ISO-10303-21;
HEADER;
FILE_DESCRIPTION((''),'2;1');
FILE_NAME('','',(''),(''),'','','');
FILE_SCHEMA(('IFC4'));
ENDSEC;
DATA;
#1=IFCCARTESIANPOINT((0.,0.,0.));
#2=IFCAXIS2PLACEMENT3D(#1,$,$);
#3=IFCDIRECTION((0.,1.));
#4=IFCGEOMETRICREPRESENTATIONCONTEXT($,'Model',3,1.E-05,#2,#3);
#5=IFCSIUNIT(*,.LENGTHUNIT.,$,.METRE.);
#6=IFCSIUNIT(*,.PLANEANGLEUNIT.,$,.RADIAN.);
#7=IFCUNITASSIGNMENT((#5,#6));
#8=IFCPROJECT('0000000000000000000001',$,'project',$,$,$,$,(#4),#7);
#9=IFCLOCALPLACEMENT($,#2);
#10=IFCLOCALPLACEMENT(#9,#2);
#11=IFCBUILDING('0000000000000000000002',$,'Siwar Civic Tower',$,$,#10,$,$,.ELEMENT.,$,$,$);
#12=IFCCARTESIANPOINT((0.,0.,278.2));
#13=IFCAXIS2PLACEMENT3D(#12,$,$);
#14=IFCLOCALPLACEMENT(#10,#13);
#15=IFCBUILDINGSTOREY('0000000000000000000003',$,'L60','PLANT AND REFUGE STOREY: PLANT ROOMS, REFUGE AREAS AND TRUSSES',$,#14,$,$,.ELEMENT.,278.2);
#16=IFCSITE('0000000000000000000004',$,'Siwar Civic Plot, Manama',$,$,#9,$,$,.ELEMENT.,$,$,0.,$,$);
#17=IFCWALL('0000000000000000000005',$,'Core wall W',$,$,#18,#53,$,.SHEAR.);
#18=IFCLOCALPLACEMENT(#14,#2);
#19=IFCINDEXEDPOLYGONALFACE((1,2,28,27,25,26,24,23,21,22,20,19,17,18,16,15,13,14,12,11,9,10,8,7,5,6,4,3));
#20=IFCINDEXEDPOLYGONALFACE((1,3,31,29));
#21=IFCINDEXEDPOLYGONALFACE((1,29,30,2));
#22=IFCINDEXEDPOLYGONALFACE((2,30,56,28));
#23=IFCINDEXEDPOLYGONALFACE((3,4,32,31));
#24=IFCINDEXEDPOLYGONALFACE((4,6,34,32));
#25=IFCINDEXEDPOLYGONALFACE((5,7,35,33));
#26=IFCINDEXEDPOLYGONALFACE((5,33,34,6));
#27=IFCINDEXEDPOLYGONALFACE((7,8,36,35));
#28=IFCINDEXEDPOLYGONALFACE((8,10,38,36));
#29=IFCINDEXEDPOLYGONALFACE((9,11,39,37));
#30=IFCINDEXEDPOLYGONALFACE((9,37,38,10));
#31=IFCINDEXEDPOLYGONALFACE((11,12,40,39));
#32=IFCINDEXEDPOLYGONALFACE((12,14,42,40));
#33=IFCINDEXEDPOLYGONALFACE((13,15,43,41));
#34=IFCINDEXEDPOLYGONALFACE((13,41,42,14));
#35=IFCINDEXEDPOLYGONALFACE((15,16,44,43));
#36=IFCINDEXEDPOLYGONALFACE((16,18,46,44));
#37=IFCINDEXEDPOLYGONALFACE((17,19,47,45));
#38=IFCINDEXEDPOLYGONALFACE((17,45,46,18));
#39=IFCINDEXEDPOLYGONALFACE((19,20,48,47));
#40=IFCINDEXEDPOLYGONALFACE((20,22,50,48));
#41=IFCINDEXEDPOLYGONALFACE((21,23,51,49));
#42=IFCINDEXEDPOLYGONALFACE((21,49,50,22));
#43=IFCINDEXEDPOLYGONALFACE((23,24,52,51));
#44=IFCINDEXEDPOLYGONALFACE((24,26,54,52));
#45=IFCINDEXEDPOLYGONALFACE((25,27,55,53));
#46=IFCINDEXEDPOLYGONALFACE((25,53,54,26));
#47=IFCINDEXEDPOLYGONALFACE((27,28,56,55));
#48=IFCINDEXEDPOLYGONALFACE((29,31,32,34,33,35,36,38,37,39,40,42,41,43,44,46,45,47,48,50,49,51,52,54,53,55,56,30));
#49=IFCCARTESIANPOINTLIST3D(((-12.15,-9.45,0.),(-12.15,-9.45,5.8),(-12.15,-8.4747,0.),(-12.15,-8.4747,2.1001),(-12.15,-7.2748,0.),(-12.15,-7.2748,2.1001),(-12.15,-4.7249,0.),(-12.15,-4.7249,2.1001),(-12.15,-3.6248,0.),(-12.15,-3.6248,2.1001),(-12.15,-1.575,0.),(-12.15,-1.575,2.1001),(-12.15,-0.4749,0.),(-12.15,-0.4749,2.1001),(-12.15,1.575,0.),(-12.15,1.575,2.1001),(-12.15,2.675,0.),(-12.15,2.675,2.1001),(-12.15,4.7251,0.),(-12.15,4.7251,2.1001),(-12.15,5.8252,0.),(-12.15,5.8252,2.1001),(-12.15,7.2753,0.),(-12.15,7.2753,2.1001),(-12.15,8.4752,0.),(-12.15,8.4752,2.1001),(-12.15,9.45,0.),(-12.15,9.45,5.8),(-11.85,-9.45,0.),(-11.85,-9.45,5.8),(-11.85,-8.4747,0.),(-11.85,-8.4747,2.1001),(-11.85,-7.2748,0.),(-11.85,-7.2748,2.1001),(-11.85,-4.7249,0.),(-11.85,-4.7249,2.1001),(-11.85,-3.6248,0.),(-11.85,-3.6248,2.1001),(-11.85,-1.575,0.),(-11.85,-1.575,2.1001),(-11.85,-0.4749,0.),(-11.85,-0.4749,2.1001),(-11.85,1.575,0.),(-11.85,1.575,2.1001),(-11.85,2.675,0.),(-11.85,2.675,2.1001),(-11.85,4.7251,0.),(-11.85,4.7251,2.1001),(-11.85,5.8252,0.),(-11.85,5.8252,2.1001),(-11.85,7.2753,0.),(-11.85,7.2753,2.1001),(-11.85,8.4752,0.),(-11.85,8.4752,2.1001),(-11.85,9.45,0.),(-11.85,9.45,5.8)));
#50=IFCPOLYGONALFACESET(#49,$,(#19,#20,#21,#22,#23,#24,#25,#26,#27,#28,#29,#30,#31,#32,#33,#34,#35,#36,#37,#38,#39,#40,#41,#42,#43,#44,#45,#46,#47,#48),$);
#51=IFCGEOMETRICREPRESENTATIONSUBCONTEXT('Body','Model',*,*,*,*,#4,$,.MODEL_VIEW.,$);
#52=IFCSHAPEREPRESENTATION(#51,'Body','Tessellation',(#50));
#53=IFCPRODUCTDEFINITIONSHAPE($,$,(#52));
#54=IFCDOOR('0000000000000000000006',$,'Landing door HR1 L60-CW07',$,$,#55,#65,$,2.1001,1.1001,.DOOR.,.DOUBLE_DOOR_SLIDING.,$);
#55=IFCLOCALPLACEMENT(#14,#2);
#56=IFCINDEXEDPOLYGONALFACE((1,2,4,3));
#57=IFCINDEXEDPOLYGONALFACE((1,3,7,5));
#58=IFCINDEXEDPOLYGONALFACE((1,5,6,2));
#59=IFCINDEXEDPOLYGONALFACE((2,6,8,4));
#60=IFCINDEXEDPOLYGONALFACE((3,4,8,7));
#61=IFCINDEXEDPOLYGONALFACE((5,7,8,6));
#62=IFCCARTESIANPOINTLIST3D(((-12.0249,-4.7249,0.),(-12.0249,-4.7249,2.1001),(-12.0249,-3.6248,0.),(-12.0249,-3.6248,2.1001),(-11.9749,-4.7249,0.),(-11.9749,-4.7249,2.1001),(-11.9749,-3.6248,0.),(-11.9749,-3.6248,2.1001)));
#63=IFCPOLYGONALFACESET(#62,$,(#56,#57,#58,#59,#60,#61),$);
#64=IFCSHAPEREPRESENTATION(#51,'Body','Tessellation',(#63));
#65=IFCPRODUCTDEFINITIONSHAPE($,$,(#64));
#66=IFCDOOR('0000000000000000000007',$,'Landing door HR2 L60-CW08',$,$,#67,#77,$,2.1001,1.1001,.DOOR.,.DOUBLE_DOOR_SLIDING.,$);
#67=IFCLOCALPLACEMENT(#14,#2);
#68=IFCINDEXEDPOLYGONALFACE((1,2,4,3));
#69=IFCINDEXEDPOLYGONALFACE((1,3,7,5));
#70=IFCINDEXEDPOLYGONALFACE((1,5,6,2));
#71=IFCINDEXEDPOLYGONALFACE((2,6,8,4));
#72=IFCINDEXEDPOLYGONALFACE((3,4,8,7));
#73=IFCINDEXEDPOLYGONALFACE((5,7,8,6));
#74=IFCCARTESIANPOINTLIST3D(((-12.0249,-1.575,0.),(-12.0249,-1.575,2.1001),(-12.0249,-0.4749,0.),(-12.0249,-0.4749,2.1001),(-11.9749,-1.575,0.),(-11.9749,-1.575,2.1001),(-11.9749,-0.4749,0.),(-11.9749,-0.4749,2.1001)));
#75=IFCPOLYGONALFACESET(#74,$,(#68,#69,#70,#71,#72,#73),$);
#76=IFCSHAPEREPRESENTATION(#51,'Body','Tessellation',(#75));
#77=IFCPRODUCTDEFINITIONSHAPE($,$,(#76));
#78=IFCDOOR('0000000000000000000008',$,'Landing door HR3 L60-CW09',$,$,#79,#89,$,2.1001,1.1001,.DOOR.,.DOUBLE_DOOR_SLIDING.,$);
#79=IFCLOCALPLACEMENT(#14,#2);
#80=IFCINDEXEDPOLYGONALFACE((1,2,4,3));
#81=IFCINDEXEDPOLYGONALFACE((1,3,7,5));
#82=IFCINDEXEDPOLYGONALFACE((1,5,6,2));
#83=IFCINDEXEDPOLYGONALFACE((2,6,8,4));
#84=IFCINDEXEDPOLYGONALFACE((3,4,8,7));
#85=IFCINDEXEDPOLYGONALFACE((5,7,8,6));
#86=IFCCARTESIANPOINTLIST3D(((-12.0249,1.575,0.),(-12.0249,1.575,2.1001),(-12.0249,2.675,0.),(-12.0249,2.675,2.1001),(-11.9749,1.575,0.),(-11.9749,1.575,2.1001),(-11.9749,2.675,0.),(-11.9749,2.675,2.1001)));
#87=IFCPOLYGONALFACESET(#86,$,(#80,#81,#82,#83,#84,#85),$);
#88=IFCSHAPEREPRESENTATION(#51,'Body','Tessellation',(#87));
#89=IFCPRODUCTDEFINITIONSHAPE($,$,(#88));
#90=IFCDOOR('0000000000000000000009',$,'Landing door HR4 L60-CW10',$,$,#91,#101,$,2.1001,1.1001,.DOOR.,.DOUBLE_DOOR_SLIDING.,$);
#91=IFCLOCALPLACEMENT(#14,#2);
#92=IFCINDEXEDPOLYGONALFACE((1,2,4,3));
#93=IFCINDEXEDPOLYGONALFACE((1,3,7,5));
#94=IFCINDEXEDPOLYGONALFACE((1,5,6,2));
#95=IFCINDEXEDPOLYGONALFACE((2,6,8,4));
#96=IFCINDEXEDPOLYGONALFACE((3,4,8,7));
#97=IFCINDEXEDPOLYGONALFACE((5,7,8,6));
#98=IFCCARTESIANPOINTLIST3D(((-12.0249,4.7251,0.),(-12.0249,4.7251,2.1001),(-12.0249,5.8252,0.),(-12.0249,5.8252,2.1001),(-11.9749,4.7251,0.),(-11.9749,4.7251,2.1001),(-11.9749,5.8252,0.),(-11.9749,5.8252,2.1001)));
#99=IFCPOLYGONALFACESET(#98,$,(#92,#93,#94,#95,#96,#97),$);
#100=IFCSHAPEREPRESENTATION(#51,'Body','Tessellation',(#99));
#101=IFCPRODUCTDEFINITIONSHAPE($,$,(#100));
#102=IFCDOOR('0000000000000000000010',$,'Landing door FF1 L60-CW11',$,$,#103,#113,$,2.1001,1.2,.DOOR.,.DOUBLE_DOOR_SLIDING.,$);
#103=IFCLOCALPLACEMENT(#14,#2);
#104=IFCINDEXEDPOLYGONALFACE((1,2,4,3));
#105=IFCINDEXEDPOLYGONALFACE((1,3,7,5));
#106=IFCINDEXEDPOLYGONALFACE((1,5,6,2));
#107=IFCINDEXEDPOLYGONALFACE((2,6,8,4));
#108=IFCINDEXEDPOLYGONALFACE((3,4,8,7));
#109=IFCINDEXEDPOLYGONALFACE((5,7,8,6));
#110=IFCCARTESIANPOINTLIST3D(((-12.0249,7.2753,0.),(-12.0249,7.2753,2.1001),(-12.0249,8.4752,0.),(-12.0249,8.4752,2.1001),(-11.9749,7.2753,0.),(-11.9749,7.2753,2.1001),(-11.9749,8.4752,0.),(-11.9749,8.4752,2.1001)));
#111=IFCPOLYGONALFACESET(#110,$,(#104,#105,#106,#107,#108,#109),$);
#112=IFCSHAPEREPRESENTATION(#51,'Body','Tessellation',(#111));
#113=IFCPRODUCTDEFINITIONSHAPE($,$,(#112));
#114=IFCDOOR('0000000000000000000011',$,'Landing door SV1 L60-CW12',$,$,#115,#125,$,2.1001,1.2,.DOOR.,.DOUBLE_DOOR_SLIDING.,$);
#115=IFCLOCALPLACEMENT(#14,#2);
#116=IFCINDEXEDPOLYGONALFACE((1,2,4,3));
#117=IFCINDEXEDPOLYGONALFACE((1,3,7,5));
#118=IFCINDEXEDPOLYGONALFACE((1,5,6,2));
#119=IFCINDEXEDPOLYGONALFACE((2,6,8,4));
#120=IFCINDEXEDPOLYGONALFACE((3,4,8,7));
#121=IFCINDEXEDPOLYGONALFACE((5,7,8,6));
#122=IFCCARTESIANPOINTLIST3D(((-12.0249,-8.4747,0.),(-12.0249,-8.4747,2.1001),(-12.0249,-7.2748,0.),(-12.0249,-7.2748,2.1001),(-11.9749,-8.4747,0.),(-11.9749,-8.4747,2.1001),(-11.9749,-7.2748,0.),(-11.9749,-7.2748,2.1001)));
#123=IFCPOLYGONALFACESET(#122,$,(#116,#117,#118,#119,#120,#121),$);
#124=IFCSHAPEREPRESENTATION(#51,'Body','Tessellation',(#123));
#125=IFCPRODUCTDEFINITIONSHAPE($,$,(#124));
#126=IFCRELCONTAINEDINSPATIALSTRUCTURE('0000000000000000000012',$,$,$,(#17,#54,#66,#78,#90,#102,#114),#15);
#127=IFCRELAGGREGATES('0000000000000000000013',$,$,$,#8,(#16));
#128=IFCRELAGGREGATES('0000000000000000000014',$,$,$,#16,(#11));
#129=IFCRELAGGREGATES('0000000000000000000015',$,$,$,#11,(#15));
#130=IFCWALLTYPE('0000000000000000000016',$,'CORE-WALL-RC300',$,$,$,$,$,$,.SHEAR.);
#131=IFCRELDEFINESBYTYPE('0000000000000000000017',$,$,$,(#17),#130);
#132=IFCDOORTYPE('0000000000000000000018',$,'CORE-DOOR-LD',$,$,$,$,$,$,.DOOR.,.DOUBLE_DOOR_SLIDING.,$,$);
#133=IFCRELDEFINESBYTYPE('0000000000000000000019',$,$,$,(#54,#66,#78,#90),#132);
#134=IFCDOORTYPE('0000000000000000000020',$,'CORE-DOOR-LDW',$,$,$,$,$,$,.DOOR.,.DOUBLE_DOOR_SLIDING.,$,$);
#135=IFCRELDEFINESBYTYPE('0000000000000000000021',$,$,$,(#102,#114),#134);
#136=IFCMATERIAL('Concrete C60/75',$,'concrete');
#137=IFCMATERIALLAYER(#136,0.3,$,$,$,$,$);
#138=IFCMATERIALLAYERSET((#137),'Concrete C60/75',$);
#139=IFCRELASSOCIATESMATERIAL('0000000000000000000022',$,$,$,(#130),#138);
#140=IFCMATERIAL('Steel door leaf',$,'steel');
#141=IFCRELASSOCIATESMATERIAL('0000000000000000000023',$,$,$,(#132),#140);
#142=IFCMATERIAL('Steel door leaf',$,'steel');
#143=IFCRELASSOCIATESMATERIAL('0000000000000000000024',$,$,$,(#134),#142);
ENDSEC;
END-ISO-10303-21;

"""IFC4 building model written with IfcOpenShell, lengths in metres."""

from ifc_helpers import new_model, si_unit, direction, frame, frame_2d, origin, place, context, subcontext, project, spatial, rectangle, extrude, material, layer, layer_set, type_object, element, fill, save


model = new_model("IFC4")

# Units and contexts
model_context = context("Model", 3, precision=1e-05, world=origin(), true_north=direction((0.0, 1.0)))
body_context = subcontext(model_context, "Body", "Model", "MODEL_VIEW")
ifc_project = project(units=[si_unit("LENGTHUNIT", "METRE"), si_unit("PLANEANGLEUNIT", "RADIAN")], contexts=[model_context])

# Site, building, storey
site_placement = place(None, origin())
site = spatial("IfcSite", under=ifc_project, at=site_placement, Name="Siwar Civic Plot, Manama", CompositionType="ELEMENT", RefElevation=0.0)
building_placement = place(site_placement, origin())
building = spatial("IfcBuilding", under=site, at=building_placement, Name="Siwar Civic Tower", CompositionType="ELEMENT")
storey_placement = place(building_placement, frame((0.0, 0.0, 278.2)))
storey = spatial("IfcBuildingStorey", under=building, at=storey_placement, Name="L60", Description="PLANT AND REFUGE STOREY: PLANT ROOMS, REFUGE AREAS AND TRUSSES", CompositionType="ELEMENT", Elevation=278.2)

# Wall, openings, doors
ifc_material_1 = material(Name="Concrete C60/75", Category="concrete")
ifc_layer_1 = layer(ifc_material_1, 0.3)
ifc_layer_set_1 = layer_set([ifc_layer_1], Name="Concrete C60/75")
wall_type_1 = type_object("IfcWallType", Name="CORE-WALL-RC300", PredefinedType="SHEAR", material=ifc_layer_set_1)
wall_1_placement = place(storey_placement, frame((-12.0, -9.45, 0.0), z_axis=(0.0, 0.0, 1.0), x_axis=(0.0, 1.0, 0.0)))
wall_1 = element("IfcWall", 1, at=wall_1_placement, inside=storey, type_object=wall_type_1, Name="Core wall W", PredefinedType="SHEAR", context=body_context, shape_type="SweptSolid", body=[
    extrude(rectangle(XDim=18.8999, YDim=0.3, at=frame_2d((9.45, 0.0))), origin(), (0.0, 0.0, 1.0), 5.8),
])
opening_1_placement = place(wall_1_placement, frame((4.7251, 0.0, 0.0)))
opening_1 = element("IfcOpeningElement", 2, at=opening_1_placement, cuts=wall_1, PredefinedType="OPENING", context=body_context, shape_type="SweptSolid", body=[
    extrude(rectangle(XDim=1.1001, YDim=2.1001, at=frame_2d((0.55, 1.05))), frame((0.0, 0.1602, 0.0), z_axis=(0.0, -1.0, 0.0), x_axis=(1.0, 0.0, 0.0)), (0.0, 0.0, 1.0), 0.3201),
])
opening_2_placement = place(wall_1_placement, frame((7.875, 0.0, 0.0)))
opening_2 = element("IfcOpeningElement", 3, at=opening_2_placement, cuts=wall_1, PredefinedType="OPENING", context=body_context, shape_type="SweptSolid", body=[
    extrude(rectangle(XDim=1.1001, YDim=2.1001, at=frame_2d((0.55, 1.05))), frame((0.0, 0.1602, 0.0), z_axis=(0.0, -1.0, 0.0), x_axis=(1.0, 0.0, 0.0)), (0.0, 0.0, 1.0), 0.3201),
])
opening_3_placement = place(wall_1_placement, frame((11.0249, 0.0, 0.0)))
opening_3 = element("IfcOpeningElement", 4, at=opening_3_placement, cuts=wall_1, PredefinedType="OPENING", context=body_context, shape_type="SweptSolid", body=[
    extrude(rectangle(XDim=1.1001, YDim=2.1001, at=frame_2d((0.55, 1.05))), frame((0.0, 0.1602, 0.0), z_axis=(0.0, -1.0, 0.0), x_axis=(1.0, 0.0, 0.0)), (0.0, 0.0, 1.0), 0.3201),
])
opening_4_placement = place(wall_1_placement, frame((14.175, 0.0, 0.0)))
opening_4 = element("IfcOpeningElement", 5, at=opening_4_placement, cuts=wall_1, PredefinedType="OPENING", context=body_context, shape_type="SweptSolid", body=[
    extrude(rectangle(XDim=1.1001, YDim=2.1001, at=frame_2d((0.55, 1.05))), frame((0.0, 0.1602, 0.0), z_axis=(0.0, -1.0, 0.0), x_axis=(1.0, 0.0, 0.0)), (0.0, 0.0, 1.0), 0.3201),
])
opening_5_placement = place(wall_1_placement, frame((16.7251, 0.0, 0.0)))
opening_5 = element("IfcOpeningElement", 6, at=opening_5_placement, cuts=wall_1, PredefinedType="OPENING", context=body_context, shape_type="SweptSolid", body=[
    extrude(rectangle(XDim=1.2, YDim=2.1001, at=frame_2d((0.6001, 1.05))), frame((0.0, 0.1602, 0.0), z_axis=(0.0, -1.0, 0.0), x_axis=(1.0, 0.0, 0.0)), (0.0, 0.0, 1.0), 0.3201),
])
opening_6_placement = place(wall_1_placement, frame((0.9751, 0.0, 0.0)))
opening_6 = element("IfcOpeningElement", 7, at=opening_6_placement, cuts=wall_1, PredefinedType="OPENING", context=body_context, shape_type="SweptSolid", body=[
    extrude(rectangle(XDim=1.2, YDim=2.1001, at=frame_2d((0.6001, 1.05))), frame((0.0, 0.1602, 0.0), z_axis=(0.0, -1.0, 0.0), x_axis=(1.0, 0.0, 0.0)), (0.0, 0.0, 1.0), 0.3201),
])
ifc_material_2 = material(Name="Steel door leaf", Category="steel")
door_type_1 = type_object("IfcDoorType", Name="CORE-DOOR-LD", OperationType="DOUBLE_DOOR_SLIDING", PredefinedType="DOOR", material=ifc_material_2)
door_1_placement = place(opening_1_placement, origin())
door_1 = element("IfcDoor", 8, at=door_1_placement, inside=storey, type_object=door_type_1, Name="Landing door HR1 L60-CW07", OperationType="DOUBLE_DOOR_SLIDING", OverallHeight=2.1001, OverallWidth=1.1001, PredefinedType="DOOR", context=body_context, shape_type="SweptSolid", body=[
    extrude(rectangle(XDim=1.1001, YDim=2.1001, at=frame_2d((0.55, 1.05))), frame((0.0, 0.0249, 0.0), z_axis=(0.0, -1.0, 0.0), x_axis=(1.0, 0.0, 0.0)), (0.0, 0.0, 1.0), 0.05),
])
fill(opening_1, door_1)
door_2_placement = place(opening_2_placement, origin())
door_2 = element("IfcDoor", 9, at=door_2_placement, inside=storey, type_object=door_type_1, Name="Landing door HR2 L60-CW08", OperationType="DOUBLE_DOOR_SLIDING", OverallHeight=2.1001, OverallWidth=1.1001, PredefinedType="DOOR", context=body_context, shape_type="SweptSolid", body=[
    extrude(rectangle(XDim=1.1001, YDim=2.1001, at=frame_2d((0.55, 1.05))), frame((0.0, 0.0249, 0.0), z_axis=(0.0, -1.0, 0.0), x_axis=(1.0, 0.0, 0.0)), (0.0, 0.0, 1.0), 0.05),
])
fill(opening_2, door_2)
door_3_placement = place(opening_3_placement, origin())
door_3 = element("IfcDoor", 10, at=door_3_placement, inside=storey, type_object=door_type_1, Name="Landing door HR3 L60-CW09", OperationType="DOUBLE_DOOR_SLIDING", OverallHeight=2.1001, OverallWidth=1.1001, PredefinedType="DOOR", context=body_context, shape_type="SweptSolid", body=[
    extrude(rectangle(XDim=1.1001, YDim=2.1001, at=frame_2d((0.55, 1.05))), frame((0.0, 0.0249, 0.0), z_axis=(0.0, -1.0, 0.0), x_axis=(1.0, 0.0, 0.0)), (0.0, 0.0, 1.0), 0.05),
])
fill(opening_3, door_3)
door_4_placement = place(opening_4_placement, origin())
door_4 = element("IfcDoor", 11, at=door_4_placement, inside=storey, type_object=door_type_1, Name="Landing door HR4 L60-CW10", OperationType="DOUBLE_DOOR_SLIDING", OverallHeight=2.1001, OverallWidth=1.1001, PredefinedType="DOOR", context=body_context, shape_type="SweptSolid", body=[
    extrude(rectangle(XDim=1.1001, YDim=2.1001, at=frame_2d((0.55, 1.05))), frame((0.0, 0.0249, 0.0), z_axis=(0.0, -1.0, 0.0), x_axis=(1.0, 0.0, 0.0)), (0.0, 0.0, 1.0), 0.05),
])
fill(opening_4, door_4)
ifc_material_3 = material(Name="Steel door leaf", Category="steel")
door_type_2 = type_object("IfcDoorType", Name="CORE-DOOR-LDW", OperationType="DOUBLE_DOOR_SLIDING", PredefinedType="DOOR", material=ifc_material_3)
door_5_placement = place(opening_5_placement, origin())
door_5 = element("IfcDoor", 12, at=door_5_placement, inside=storey, type_object=door_type_2, Name="Landing door FF1 L60-CW11", OperationType="DOUBLE_DOOR_SLIDING", OverallHeight=2.1001, OverallWidth=1.2, PredefinedType="DOOR", context=body_context, shape_type="SweptSolid", body=[
    extrude(rectangle(XDim=1.2, YDim=2.1001, at=frame_2d((0.6001, 1.05))), frame((0.0, 0.0249, 0.0), z_axis=(0.0, -1.0, 0.0), x_axis=(1.0, 0.0, 0.0)), (0.0, 0.0, 1.0), 0.05),
])
fill(opening_5, door_5)
door_6_placement = place(opening_6_placement, origin())
door_6 = element("IfcDoor", 13, at=door_6_placement, inside=storey, type_object=door_type_2, Name="Landing door SV1 L60-CW12", OperationType="DOUBLE_DOOR_SLIDING", OverallHeight=2.1001, OverallWidth=1.2, PredefinedType="DOOR", context=body_context, shape_type="SweptSolid", body=[
    extrude(rectangle(XDim=1.2, YDim=2.1001, at=frame_2d((0.6001, 1.05))), frame((0.0, 0.0249, 0.0), z_axis=(0.0, -1.0, 0.0), x_axis=(1.0, 0.0, 0.0)), (0.0, 0.0, 1.0), 0.05),
])
fill(opening_6, door_6)

save(model, "model.ifc")
